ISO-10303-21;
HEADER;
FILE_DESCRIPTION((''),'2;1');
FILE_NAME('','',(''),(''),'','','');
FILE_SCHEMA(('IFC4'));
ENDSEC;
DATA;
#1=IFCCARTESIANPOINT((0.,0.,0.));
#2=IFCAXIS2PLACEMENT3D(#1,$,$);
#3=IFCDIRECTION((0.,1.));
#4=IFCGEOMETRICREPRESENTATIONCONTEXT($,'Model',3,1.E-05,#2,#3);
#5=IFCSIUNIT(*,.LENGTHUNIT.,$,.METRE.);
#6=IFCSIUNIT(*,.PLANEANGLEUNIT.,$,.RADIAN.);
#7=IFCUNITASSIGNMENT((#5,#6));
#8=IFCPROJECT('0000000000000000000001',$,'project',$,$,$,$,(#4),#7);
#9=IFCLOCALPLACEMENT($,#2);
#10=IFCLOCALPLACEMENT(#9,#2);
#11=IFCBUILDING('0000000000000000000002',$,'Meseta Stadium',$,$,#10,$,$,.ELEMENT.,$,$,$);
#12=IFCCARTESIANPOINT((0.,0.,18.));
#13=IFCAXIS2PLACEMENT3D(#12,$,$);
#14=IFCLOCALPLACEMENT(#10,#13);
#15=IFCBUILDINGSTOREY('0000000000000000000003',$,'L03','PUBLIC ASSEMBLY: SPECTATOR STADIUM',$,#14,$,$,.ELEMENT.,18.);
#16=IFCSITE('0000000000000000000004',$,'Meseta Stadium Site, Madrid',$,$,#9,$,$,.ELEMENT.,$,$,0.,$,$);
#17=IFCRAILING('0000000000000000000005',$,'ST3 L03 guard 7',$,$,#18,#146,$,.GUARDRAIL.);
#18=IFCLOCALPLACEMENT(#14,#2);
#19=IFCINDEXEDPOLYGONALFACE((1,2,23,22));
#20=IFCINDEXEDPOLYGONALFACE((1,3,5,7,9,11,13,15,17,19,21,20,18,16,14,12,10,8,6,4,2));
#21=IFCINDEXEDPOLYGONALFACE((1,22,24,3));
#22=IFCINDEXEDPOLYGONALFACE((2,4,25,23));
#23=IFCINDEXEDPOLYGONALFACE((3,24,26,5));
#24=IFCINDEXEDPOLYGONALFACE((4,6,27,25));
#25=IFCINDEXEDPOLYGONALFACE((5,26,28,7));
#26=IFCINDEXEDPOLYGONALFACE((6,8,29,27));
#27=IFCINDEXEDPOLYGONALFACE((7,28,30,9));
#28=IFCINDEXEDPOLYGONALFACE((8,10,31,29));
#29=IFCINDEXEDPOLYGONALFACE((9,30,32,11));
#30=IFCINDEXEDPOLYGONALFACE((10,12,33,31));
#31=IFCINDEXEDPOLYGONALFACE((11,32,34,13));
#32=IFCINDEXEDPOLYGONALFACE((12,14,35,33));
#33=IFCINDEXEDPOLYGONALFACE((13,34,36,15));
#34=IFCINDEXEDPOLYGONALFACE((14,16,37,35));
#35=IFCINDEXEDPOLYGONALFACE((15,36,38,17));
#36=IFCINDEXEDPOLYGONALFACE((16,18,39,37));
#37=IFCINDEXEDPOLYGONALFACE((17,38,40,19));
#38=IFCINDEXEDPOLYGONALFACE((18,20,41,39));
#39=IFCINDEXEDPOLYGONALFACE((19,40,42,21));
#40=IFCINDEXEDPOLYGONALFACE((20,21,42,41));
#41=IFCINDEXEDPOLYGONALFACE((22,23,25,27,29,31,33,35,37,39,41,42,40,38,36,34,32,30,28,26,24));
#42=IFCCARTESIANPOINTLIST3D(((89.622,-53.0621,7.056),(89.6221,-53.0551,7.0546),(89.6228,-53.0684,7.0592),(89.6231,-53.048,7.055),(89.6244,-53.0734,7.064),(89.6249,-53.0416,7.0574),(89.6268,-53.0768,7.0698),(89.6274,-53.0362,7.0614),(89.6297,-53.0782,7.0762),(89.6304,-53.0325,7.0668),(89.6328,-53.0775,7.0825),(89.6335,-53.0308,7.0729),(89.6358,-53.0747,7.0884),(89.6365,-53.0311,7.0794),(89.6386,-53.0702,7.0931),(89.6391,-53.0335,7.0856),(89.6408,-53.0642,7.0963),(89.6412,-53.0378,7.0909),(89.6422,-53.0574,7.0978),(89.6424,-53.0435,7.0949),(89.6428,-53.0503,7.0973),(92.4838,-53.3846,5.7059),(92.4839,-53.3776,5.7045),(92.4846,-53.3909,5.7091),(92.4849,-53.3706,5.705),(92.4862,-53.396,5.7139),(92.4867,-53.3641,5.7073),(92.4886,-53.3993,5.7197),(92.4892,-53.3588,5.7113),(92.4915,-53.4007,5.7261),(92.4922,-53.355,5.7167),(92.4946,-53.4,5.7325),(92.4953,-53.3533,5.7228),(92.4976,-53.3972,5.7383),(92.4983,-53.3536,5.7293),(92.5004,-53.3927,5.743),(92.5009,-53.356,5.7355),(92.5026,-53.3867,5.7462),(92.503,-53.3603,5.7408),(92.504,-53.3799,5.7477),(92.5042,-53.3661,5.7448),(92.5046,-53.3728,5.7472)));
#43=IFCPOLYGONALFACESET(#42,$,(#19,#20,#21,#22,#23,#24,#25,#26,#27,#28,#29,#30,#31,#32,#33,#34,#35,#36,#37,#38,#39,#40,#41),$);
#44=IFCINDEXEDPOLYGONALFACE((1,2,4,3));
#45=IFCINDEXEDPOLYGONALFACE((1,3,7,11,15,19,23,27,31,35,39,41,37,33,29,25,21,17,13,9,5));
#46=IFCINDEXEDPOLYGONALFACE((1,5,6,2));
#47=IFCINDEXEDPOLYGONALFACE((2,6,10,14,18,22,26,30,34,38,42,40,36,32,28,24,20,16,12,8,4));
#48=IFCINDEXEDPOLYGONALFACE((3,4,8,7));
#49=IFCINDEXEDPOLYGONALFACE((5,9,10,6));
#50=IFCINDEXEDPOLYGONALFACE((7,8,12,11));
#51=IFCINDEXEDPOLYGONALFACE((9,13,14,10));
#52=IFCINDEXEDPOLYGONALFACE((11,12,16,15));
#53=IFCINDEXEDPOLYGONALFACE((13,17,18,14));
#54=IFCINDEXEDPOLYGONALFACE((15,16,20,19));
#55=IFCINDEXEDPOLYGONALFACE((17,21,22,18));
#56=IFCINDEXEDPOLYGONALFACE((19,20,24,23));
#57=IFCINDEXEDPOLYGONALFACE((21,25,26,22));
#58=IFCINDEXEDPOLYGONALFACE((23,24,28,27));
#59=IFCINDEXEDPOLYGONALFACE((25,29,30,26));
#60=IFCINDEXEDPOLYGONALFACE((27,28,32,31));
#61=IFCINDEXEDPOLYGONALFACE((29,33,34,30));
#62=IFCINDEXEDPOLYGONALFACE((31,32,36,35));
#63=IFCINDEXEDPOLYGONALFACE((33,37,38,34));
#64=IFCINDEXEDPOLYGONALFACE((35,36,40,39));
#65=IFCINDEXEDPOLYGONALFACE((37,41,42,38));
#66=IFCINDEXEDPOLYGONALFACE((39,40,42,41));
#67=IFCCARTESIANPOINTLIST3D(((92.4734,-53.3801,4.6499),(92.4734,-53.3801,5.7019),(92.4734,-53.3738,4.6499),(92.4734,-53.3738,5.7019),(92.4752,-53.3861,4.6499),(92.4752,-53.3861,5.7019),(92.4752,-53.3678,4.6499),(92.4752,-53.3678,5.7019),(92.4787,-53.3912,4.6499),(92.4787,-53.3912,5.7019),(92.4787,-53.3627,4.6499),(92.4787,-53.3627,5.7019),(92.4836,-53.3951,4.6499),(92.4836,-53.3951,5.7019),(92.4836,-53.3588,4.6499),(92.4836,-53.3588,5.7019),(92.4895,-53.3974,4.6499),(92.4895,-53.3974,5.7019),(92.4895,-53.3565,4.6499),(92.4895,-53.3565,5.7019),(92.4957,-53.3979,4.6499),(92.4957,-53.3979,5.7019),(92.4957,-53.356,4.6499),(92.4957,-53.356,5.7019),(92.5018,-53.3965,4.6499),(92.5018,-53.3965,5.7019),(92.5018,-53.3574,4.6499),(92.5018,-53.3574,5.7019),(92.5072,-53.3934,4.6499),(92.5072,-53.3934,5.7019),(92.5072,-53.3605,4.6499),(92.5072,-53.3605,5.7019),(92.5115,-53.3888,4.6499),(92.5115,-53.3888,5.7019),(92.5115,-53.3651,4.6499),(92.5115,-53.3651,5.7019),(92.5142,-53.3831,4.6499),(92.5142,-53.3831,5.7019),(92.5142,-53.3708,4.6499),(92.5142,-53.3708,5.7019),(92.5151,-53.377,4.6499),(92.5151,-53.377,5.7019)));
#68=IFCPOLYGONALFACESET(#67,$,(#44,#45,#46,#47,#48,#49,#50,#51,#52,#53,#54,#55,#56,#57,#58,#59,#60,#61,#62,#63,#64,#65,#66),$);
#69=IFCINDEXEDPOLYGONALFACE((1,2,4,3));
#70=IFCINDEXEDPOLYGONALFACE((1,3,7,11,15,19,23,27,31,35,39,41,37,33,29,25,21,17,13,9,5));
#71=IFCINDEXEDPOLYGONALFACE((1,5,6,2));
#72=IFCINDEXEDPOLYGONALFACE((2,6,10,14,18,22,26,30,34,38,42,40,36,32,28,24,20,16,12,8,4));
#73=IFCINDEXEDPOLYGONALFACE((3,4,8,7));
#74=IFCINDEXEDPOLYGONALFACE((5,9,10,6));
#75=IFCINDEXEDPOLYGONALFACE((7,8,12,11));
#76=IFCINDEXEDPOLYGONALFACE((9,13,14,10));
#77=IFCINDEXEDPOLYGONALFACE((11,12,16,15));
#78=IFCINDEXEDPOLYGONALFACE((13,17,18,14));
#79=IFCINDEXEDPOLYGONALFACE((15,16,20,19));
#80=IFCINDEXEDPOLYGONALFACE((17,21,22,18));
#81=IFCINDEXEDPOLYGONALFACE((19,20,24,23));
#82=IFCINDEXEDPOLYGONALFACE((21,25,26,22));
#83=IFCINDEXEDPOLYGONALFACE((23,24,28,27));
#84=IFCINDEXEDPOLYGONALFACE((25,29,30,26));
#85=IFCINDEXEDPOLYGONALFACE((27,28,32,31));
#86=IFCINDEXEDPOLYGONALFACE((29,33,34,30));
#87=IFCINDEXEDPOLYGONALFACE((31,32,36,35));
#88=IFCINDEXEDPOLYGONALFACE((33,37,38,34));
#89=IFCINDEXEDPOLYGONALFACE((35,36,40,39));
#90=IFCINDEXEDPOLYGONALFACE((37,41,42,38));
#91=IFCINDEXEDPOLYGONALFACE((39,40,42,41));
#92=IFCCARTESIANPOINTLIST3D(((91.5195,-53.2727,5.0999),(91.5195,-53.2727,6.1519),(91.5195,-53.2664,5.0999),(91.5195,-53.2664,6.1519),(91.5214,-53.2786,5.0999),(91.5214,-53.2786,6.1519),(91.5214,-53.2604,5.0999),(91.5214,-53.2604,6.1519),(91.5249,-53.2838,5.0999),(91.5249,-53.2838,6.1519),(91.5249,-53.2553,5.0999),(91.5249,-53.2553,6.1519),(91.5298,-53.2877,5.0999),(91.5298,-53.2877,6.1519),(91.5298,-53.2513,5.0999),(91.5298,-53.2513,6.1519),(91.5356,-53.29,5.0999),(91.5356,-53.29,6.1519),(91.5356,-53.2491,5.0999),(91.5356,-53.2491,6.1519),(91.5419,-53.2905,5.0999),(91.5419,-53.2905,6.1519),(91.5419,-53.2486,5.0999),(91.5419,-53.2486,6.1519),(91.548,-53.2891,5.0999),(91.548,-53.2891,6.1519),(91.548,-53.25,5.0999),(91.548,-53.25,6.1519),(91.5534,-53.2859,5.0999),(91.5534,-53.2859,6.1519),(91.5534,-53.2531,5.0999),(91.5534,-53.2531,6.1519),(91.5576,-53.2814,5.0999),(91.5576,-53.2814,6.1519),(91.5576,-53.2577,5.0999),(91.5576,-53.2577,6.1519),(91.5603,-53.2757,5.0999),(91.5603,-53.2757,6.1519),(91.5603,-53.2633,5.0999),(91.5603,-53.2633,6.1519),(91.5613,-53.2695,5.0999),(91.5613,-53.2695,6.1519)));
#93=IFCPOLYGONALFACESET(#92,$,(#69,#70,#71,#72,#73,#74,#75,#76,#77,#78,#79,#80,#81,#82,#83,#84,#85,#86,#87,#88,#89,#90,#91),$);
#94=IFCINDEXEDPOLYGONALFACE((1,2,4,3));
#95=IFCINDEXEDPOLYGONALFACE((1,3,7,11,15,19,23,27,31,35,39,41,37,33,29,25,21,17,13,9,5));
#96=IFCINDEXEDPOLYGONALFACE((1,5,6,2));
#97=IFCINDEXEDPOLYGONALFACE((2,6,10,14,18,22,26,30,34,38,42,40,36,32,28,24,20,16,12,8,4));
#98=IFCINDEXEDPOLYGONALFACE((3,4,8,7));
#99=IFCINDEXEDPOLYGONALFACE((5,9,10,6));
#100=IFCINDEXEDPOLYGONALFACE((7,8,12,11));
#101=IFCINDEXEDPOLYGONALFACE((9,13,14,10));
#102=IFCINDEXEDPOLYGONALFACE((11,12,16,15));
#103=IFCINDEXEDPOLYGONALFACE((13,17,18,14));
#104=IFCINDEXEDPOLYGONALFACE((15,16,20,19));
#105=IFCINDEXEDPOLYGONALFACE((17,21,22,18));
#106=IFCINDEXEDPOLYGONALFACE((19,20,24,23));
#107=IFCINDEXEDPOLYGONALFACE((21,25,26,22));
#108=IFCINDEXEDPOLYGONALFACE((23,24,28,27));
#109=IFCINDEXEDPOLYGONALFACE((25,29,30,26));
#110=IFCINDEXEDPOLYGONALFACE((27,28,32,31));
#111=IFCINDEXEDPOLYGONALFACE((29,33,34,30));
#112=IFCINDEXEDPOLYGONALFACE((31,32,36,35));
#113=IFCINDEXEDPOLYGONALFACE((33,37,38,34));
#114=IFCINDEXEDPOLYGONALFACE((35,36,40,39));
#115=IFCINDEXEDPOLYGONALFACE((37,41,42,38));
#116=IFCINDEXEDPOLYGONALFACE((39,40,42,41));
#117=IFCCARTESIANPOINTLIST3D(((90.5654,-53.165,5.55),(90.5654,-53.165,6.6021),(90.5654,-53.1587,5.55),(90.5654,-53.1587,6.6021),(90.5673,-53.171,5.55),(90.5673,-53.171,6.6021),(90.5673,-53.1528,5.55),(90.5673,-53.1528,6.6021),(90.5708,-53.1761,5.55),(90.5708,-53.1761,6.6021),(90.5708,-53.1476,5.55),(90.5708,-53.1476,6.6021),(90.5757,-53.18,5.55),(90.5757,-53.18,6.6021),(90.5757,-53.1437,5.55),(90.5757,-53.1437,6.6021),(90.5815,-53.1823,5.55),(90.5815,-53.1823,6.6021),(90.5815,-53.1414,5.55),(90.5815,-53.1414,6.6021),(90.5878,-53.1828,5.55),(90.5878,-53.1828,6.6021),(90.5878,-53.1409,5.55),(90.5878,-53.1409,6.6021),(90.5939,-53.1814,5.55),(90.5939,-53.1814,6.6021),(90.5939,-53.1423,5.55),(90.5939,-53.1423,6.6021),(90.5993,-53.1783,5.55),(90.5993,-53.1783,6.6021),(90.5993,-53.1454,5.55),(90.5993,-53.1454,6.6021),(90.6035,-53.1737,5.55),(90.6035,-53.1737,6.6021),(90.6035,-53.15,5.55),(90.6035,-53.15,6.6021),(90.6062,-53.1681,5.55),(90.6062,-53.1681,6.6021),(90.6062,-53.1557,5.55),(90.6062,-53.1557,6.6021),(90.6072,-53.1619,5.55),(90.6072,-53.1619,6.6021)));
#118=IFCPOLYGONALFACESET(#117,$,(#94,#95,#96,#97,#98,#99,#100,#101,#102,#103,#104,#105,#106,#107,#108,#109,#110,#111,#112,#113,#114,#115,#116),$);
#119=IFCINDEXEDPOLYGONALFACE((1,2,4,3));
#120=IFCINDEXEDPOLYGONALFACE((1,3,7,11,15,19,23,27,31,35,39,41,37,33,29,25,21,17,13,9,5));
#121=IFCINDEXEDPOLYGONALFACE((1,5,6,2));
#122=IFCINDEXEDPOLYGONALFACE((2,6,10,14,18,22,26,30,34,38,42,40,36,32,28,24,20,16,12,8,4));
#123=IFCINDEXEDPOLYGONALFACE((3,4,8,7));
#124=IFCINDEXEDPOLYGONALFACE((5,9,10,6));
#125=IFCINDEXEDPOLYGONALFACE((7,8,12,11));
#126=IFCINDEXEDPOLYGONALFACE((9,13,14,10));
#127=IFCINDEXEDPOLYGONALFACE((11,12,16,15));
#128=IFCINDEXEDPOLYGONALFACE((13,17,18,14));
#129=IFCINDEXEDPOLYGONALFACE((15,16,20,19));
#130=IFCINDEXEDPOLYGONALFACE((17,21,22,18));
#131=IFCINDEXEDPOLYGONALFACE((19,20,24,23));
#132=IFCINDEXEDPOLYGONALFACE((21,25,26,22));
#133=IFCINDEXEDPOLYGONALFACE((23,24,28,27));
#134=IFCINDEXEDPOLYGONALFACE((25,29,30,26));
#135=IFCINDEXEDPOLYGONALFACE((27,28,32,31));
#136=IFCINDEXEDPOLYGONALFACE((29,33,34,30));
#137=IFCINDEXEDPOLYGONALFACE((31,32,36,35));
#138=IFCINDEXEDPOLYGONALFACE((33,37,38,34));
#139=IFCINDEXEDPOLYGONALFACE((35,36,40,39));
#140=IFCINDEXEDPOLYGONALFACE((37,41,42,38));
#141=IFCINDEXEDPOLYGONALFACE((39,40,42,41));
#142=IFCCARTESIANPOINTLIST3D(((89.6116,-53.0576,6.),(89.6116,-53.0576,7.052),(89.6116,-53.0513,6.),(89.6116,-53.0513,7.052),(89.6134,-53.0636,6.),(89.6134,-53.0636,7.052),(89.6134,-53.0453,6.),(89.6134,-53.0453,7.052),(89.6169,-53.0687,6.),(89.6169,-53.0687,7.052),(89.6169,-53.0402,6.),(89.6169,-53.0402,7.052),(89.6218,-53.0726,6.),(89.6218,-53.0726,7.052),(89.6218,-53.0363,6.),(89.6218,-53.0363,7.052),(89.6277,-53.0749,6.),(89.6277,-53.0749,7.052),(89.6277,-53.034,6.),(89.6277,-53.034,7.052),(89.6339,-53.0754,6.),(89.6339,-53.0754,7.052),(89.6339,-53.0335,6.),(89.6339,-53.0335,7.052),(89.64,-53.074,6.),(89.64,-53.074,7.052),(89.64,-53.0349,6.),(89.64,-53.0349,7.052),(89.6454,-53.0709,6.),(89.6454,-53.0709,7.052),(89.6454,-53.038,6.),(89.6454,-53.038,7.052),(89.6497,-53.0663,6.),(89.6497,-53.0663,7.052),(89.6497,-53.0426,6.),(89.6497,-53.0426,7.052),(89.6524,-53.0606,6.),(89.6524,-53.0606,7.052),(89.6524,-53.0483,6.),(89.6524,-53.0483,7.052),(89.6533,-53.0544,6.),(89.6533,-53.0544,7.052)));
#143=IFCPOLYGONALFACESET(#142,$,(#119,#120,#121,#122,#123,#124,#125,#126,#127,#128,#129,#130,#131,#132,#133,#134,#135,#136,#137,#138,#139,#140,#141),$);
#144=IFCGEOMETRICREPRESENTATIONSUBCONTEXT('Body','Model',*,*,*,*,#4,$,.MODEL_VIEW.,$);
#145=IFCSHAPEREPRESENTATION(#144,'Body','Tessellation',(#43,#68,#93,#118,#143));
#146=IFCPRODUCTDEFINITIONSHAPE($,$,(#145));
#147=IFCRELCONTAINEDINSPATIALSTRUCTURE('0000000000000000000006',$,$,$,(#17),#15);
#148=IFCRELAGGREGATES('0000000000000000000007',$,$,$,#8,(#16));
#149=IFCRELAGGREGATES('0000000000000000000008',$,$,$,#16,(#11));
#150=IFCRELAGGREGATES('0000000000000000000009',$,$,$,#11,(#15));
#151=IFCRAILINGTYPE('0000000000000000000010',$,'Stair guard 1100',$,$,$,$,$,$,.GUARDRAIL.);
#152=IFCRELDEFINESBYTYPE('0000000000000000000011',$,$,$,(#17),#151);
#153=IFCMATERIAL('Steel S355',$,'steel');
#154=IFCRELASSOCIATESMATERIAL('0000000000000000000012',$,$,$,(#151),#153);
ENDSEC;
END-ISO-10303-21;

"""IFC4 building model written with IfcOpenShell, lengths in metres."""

from ifc_helpers import new_model, si_unit, direction, frame, origin, origin_2d, place, context, subcontext, project, spatial, circle, extrude, material, type_object, element, save


model = new_model("IFC4")

# Units and contexts
model_context = context("Model", 3, precision=1e-05, world=origin(), true_north=direction((0.0, 1.0)))
body_context = subcontext(model_context, "Body", "Model", "MODEL_VIEW")
ifc_project = project(units=[si_unit("LENGTHUNIT", "METRE"), si_unit("PLANEANGLEUNIT", "RADIAN")], contexts=[model_context])

# Site, building, storey
site_placement = place(None, origin())
site = spatial("IfcSite", under=ifc_project, at=site_placement, Name="Meseta Stadium Site, Madrid", CompositionType="ELEMENT", RefElevation=0.0)
building_placement = place(site_placement, origin())
building = spatial("IfcBuilding", under=site, at=building_placement, Name="Meseta Stadium", CompositionType="ELEMENT")
storey_placement = place(building_placement, frame((0.0, 0.0, 18.0)))
storey = spatial("IfcBuildingStorey", under=building, at=storey_placement, Name="L03", Description="PUBLIC ASSEMBLY: SPECTATOR STADIUM", CompositionType="ELEMENT", Elevation=18.0)

# Railing
ifc_material_1 = material(Name="Steel S355", Category="steel")
railing_type_1 = type_object("IfcRailingType", Name="Stair guard 1100", PredefinedType="GUARDRAIL", material=ifc_material_1)
railing_1_placement = place(storey_placement, frame((92.4941, -53.377, 4.6499)))
element("IfcRailing", 1, at=railing_1_placement, inside=storey, type_object=railing_type_1, Name="ST3 L03 guard 7", PredefinedType="GUARDRAIL", context=body_context, shape_type="SweptSolid", body=[
    extrude(circle(Radius=0.0239, at=origin_2d()), frame((0.0, 0.0, 1.0762), z_axis=(-0.899748, 0.101396, 0.424467), x_axis=(-0.111985, -0.99371, 0.0)), (0.0, 0.0, 1.0), 3.1807),
    extrude(circle(Radius=0.021, at=origin_2d()), origin(), (0.0, 0.0, 1.0), 1.052),
    extrude(circle(Radius=0.021, at=origin_2d()), frame((-0.9539, 0.1074, 0.45)), (0.0, 0.0, 1.0), 1.052),
    extrude(circle(Radius=0.021, at=origin_2d()), frame((-1.908, 0.2151, 0.9001)), (0.0, 0.0, 1.0), 1.052),
    extrude(circle(Radius=0.021, at=origin_2d()), frame((-2.8618, 0.3225, 1.3501)), (0.0, 0.0, 1.0), 1.052),
])

save(model, "model.ifc")
